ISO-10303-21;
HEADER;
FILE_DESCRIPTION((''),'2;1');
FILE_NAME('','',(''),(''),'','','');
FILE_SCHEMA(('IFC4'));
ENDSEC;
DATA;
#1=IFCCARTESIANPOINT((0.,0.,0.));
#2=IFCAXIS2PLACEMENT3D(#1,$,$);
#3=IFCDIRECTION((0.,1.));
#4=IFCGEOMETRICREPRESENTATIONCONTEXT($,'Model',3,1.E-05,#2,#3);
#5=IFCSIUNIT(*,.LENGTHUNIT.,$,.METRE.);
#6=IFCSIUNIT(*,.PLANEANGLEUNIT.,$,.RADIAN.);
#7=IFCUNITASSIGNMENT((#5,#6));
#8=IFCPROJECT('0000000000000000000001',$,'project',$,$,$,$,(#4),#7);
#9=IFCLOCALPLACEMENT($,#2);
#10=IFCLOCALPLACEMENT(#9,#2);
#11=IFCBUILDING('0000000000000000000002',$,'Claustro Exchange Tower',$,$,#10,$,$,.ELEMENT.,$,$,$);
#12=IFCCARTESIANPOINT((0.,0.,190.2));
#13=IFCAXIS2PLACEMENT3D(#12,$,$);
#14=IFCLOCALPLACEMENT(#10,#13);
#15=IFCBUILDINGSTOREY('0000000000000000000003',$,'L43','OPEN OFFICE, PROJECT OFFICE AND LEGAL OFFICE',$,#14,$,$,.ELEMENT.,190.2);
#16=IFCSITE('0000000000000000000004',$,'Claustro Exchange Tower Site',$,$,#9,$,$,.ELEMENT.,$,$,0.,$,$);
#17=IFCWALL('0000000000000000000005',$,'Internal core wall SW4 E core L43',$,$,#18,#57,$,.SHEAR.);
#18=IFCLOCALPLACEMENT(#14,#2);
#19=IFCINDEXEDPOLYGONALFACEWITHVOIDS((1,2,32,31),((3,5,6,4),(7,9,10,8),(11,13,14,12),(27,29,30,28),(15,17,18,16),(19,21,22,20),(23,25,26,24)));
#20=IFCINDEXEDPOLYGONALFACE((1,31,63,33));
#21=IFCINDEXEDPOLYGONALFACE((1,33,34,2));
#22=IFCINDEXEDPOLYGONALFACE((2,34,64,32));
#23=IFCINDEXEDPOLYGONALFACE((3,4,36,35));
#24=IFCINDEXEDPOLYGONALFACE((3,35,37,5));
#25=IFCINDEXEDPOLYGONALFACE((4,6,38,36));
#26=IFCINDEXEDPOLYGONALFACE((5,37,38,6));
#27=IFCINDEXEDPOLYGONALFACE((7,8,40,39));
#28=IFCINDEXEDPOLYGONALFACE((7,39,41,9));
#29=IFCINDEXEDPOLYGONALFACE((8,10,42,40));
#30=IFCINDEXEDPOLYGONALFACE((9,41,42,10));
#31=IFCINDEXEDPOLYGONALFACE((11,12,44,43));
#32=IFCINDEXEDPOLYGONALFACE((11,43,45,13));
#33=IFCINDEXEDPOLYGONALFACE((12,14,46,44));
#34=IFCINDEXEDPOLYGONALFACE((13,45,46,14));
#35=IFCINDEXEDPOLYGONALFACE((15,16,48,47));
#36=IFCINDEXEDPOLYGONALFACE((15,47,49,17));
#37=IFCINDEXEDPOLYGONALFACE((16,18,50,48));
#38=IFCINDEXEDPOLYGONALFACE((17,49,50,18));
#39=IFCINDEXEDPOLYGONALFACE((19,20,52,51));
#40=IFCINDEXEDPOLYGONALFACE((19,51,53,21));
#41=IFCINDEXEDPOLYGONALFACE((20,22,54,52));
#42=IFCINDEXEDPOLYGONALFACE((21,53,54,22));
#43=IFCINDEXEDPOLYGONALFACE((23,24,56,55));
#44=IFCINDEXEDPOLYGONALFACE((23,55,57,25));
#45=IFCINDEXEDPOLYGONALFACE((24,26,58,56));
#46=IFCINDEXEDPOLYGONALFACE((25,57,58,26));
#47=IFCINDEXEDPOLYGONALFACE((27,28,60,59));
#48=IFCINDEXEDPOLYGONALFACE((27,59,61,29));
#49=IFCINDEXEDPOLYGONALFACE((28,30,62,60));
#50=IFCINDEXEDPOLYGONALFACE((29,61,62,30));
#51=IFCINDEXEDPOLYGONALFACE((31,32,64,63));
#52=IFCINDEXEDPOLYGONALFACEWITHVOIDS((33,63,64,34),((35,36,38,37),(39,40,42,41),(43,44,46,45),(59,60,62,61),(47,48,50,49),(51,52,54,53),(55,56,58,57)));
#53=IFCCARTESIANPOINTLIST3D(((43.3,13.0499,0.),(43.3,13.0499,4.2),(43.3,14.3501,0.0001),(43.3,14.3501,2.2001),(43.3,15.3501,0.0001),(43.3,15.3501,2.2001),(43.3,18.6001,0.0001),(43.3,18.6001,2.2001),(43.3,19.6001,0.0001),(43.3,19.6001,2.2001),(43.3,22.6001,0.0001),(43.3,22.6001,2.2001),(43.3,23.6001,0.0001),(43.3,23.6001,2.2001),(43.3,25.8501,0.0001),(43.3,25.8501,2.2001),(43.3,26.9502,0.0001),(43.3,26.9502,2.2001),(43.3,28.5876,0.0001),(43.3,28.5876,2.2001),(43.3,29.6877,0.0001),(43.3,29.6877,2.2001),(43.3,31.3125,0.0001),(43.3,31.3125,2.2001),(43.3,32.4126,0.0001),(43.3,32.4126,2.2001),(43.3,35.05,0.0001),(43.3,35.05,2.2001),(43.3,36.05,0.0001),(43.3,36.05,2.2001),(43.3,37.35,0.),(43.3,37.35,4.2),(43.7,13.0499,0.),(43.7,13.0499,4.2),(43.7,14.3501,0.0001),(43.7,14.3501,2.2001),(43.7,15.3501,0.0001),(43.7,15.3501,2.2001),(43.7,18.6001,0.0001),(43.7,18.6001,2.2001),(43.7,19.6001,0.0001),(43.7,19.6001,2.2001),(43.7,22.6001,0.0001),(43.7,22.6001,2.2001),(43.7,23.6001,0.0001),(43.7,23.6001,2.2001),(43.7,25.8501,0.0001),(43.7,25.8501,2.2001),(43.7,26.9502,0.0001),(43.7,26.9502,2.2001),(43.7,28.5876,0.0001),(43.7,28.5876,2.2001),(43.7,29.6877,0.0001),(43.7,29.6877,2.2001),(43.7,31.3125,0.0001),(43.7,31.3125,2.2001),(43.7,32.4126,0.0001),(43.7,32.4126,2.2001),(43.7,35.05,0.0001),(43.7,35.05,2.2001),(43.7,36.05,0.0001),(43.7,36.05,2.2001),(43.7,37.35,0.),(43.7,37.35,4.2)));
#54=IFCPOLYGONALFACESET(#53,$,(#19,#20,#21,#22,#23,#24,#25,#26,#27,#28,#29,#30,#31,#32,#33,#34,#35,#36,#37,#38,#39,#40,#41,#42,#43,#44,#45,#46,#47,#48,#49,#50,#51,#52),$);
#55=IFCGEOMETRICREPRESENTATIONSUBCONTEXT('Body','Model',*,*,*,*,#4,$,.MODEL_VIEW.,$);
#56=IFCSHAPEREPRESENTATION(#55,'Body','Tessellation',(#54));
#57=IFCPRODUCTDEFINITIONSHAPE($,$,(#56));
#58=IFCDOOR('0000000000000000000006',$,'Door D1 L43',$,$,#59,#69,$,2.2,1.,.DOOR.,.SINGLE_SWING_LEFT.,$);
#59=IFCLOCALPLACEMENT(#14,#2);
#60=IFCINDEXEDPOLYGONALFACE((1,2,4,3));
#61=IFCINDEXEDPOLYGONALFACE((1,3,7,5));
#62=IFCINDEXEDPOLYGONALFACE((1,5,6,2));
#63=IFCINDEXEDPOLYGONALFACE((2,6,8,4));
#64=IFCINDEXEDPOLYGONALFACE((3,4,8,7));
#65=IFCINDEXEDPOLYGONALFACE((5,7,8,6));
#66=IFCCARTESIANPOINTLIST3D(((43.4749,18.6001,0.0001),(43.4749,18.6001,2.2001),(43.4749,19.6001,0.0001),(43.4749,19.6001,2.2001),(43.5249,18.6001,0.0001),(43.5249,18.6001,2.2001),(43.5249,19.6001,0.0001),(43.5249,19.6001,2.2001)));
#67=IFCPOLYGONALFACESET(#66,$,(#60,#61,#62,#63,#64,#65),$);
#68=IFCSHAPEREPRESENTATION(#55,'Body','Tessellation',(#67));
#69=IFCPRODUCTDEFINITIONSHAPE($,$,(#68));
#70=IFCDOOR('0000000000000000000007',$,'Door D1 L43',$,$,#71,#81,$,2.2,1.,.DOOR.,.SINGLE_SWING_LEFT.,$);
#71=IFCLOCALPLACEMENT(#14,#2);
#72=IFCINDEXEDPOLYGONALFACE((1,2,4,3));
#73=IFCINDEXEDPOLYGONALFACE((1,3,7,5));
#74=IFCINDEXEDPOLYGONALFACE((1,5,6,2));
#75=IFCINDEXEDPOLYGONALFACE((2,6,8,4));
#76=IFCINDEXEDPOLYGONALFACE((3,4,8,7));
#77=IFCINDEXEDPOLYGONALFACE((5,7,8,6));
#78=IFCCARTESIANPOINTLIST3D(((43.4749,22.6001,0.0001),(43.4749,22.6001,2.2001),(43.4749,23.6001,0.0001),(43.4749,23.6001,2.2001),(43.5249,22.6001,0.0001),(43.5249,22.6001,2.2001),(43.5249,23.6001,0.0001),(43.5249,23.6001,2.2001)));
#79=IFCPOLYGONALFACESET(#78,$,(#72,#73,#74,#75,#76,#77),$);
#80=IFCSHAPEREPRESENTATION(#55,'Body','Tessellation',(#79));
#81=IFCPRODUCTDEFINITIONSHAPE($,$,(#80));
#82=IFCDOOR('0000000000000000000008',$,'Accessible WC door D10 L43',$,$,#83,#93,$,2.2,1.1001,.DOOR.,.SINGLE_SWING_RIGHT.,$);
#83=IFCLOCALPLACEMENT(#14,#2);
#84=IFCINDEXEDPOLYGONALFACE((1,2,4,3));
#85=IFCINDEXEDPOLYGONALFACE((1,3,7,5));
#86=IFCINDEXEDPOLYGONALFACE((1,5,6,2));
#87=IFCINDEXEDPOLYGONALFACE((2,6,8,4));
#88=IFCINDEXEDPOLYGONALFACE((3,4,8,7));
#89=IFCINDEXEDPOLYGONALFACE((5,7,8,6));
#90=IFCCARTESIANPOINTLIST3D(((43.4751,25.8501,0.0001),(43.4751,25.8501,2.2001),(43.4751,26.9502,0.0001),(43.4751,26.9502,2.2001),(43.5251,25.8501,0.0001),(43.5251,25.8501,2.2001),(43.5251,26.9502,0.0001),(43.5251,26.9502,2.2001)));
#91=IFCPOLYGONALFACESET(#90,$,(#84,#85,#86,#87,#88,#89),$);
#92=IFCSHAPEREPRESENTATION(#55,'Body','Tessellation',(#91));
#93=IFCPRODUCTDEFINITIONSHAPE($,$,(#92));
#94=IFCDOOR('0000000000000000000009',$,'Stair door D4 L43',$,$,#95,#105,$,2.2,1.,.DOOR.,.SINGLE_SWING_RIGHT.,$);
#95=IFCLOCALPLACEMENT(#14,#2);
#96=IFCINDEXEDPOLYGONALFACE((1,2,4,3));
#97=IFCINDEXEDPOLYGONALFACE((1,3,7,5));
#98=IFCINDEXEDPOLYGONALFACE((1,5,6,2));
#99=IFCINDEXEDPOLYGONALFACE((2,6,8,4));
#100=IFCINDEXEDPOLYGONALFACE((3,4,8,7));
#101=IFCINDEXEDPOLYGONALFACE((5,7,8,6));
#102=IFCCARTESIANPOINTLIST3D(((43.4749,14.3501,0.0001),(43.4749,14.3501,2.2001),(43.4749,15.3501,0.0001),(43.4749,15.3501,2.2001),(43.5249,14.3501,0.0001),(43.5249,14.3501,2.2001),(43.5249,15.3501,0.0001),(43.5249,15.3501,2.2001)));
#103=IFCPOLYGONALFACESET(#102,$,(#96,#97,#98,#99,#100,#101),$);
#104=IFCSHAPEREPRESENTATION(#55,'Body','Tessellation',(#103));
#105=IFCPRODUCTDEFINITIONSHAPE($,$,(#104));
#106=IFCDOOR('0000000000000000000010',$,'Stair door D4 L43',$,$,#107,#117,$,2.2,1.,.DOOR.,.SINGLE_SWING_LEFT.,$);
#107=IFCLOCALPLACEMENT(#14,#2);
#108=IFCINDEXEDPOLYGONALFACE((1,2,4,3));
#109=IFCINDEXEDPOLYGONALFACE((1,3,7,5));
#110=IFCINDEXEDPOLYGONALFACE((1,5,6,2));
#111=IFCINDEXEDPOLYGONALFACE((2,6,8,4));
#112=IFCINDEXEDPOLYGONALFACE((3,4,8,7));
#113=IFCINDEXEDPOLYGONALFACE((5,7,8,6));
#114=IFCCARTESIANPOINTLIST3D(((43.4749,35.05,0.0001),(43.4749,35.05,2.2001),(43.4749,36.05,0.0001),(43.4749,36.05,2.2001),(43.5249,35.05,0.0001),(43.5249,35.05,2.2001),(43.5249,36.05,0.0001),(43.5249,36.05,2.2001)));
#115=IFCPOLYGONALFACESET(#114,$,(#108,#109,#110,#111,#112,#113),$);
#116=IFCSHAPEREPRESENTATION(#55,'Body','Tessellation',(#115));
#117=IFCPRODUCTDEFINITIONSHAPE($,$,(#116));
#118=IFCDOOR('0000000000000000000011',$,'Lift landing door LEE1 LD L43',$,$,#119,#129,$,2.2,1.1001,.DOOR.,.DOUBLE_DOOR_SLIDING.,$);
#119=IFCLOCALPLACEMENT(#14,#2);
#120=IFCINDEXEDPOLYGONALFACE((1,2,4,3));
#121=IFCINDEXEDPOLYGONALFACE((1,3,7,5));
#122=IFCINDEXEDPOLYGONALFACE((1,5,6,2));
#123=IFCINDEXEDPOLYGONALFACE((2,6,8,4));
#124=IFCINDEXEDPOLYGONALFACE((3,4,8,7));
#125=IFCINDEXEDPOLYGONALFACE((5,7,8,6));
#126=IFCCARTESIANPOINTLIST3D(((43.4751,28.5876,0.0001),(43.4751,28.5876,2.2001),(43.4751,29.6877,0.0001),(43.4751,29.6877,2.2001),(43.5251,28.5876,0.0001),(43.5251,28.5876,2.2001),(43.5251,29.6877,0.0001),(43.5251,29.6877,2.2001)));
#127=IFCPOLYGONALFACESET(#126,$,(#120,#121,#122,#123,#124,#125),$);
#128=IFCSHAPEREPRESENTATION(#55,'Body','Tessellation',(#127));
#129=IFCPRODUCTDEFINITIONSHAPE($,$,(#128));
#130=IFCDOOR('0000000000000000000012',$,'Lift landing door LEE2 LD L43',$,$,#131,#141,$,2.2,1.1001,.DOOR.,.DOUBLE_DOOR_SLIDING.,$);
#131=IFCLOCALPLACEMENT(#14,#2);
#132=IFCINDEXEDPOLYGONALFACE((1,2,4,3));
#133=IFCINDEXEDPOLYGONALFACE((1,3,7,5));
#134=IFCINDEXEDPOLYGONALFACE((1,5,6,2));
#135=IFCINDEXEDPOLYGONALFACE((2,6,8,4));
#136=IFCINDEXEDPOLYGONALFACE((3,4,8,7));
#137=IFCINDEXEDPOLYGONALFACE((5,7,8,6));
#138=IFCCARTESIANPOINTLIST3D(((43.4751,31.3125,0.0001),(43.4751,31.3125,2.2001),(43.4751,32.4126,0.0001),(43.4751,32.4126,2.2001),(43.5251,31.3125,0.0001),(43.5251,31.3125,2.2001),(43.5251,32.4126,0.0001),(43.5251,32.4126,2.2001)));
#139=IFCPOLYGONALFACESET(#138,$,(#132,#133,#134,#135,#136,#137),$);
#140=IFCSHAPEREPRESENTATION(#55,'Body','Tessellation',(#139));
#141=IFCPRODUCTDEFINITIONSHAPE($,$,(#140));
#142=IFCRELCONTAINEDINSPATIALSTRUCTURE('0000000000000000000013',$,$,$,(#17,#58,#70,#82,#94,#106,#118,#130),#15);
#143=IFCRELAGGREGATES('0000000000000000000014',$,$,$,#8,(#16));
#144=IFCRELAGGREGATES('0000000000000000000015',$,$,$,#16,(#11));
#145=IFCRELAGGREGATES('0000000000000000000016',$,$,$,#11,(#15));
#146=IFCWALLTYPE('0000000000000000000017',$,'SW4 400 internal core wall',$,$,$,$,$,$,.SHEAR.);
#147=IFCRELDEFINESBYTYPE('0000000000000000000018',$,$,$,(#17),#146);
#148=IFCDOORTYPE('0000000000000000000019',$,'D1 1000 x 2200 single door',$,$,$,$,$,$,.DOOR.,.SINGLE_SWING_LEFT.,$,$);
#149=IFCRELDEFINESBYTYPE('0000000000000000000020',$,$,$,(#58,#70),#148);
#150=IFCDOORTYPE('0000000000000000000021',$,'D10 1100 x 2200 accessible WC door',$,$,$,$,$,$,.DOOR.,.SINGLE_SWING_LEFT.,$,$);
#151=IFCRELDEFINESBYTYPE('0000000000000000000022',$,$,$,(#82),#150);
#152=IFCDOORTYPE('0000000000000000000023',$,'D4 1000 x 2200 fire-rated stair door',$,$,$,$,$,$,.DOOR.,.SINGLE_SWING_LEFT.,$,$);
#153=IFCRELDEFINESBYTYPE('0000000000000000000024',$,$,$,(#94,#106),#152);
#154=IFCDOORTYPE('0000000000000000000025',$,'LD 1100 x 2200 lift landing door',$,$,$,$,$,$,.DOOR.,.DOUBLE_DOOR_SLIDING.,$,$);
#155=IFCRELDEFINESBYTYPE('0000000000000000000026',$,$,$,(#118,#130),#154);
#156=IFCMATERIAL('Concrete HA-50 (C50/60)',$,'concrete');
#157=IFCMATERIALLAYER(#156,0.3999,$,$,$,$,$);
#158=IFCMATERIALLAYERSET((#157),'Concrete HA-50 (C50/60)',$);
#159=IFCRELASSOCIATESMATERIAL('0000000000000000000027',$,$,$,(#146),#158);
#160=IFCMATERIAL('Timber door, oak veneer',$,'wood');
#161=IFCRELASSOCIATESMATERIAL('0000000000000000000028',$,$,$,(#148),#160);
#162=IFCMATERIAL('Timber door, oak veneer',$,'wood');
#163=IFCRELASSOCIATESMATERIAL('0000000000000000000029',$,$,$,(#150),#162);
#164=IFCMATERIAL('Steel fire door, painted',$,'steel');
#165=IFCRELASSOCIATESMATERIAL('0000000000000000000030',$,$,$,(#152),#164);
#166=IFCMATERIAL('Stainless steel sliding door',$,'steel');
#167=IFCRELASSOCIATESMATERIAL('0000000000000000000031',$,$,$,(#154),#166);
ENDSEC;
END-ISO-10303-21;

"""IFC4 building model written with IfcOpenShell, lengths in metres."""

from ifc_helpers import new_model, si_unit, direction, frame, frame_2d, origin, place, context, subcontext, project, spatial, rectangle, extrude, material, layer, layer_set, type_object, element, fill, save


model = new_model("IFC4")

# Units and contexts
model_context = context("Model", 3, precision=1e-05, world=origin(), true_north=direction((0.0, 1.0)))
body_context = subcontext(model_context, "Body", "Model", "MODEL_VIEW")
ifc_project = project(units=[si_unit("LENGTHUNIT", "METRE"), si_unit("PLANEANGLEUNIT", "RADIAN")], contexts=[model_context])

# Site, building, storey
site_placement = place(None, origin())
site = spatial("IfcSite", under=ifc_project, at=site_placement, Name="Claustro Exchange Tower Site", CompositionType="ELEMENT", RefElevation=0.0)
building_placement = place(site_placement, origin())
building = spatial("IfcBuilding", under=site, at=building_placement, Name="Claustro Exchange Tower", CompositionType="ELEMENT")
storey_placement = place(building_placement, frame((0.0, 0.0, 190.2)))
storey = spatial("IfcBuildingStorey", under=building, at=storey_placement, Name="L43", Description="OPEN OFFICE, PROJECT OFFICE AND LEGAL OFFICE", CompositionType="ELEMENT", Elevation=190.2)

# Wall, openings, doors
ifc_material_1 = material(Name="Concrete HA-50 (C50/60)", Category="concrete")
ifc_layer_1 = layer(ifc_material_1, 0.3999)
ifc_layer_set_1 = layer_set([ifc_layer_1], Name="Concrete HA-50 (C50/60)")
wall_type_1 = type_object("IfcWallType", Name="SW4 400 internal core wall", PredefinedType="SHEAR", material=ifc_layer_set_1)
wall_1_placement = place(storey_placement, frame((43.5, 13.05, 0.0), z_axis=(0.0, 0.0, 1.0), x_axis=(0.0, 1.0, 0.0)))
wall_1 = element("IfcWall", 1, at=wall_1_placement, inside=storey, type_object=wall_type_1, Name="Internal core wall SW4 E core L43", PredefinedType="SHEAR", context=body_context, shape_type="SweptSolid", body=[
    extrude(rectangle(XDim=24.3, YDim=0.3999, at=frame_2d((12.1499, 0.0))), origin(), (0.0, 0.0, 1.0), 4.2),
])
opening_1_placement = place(wall_1_placement, frame((1.3, 0.0, 0.0)))
opening_1 = element("IfcOpeningElement", 2, at=opening_1_placement, cuts=wall_1, PredefinedType="OPENING", context=body_context, shape_type="SweptSolid", body=[
    extrude(rectangle(XDim=1.0, YDim=2.2, at=frame_2d((0.5, 1.1001))), frame((0.0, 0.21, 0.0), z_axis=(0.0, -1.0, 0.0), x_axis=(1.0, 0.0, 0.0)), (0.0, 0.0, 1.0), 0.4199),
])
opening_2_placement = place(wall_1_placement, frame((22.0, 0.0, 0.0)))
opening_2 = element("IfcOpeningElement", 3, at=opening_2_placement, cuts=wall_1, PredefinedType="OPENING", context=body_context, shape_type="SweptSolid", body=[
    extrude(rectangle(XDim=1.0, YDim=2.2, at=frame_2d((0.5, 1.1001))), frame((0.0, 0.21, 0.0), z_axis=(0.0, -1.0, 0.0), x_axis=(1.0, 0.0, 0.0)), (0.0, 0.0, 1.0), 0.4199),
])
opening_3_placement = place(wall_1_placement, frame((5.55, 0.0, 0.0)))
opening_3 = element("IfcOpeningElement", 4, at=opening_3_placement, cuts=wall_1, PredefinedType="OPENING", context=body_context, shape_type="SweptSolid", body=[
    extrude(rectangle(XDim=1.0, YDim=2.2, at=frame_2d((0.5, 1.1001))), frame((0.0, 0.21, 0.0), z_axis=(0.0, -1.0, 0.0), x_axis=(1.0, 0.0, 0.0)), (0.0, 0.0, 1.0), 0.4199),
])
opening_4_placement = place(wall_1_placement, frame((9.55, 0.0, 0.0)))
opening_4 = element("IfcOpeningElement", 5, at=opening_4_placement, cuts=wall_1, PredefinedType="OPENING", context=body_context, shape_type="SweptSolid", body=[
    extrude(rectangle(XDim=1.0, YDim=2.2, at=frame_2d((0.5, 1.1001))), frame((0.0, 0.21, 0.0), z_axis=(0.0, -1.0, 0.0), x_axis=(1.0, 0.0, 0.0)), (0.0, 0.0, 1.0), 0.4199),
])
opening_5_placement = place(wall_1_placement, frame((12.8, 0.0, 0.0)))
opening_5 = element("IfcOpeningElement", 6, at=opening_5_placement, cuts=wall_1, PredefinedType="OPENING", context=body_context, shape_type="SweptSolid", body=[
    extrude(rectangle(XDim=1.1001, YDim=2.2, at=frame_2d((0.55, 1.1001))), frame((0.0, 0.21, 0.0), z_axis=(0.0, -1.0, 0.0), x_axis=(1.0, 0.0, 0.0)), (0.0, 0.0, 1.0), 0.4199),
])
opening_6_placement = place(wall_1_placement, frame((15.5376, 0.0, 0.0)))
opening_6 = element("IfcOpeningElement", 7, at=opening_6_placement, cuts=wall_1, PredefinedType="OPENING", context=body_context, shape_type="SweptSolid", body=[
    extrude(rectangle(XDim=1.1001, YDim=2.2, at=frame_2d((0.55, 1.1001))), frame((0.0, 0.21, 0.0), z_axis=(0.0, -1.0, 0.0), x_axis=(1.0, 0.0, 0.0)), (0.0, 0.0, 1.0), 0.4199),
])
opening_7_placement = place(wall_1_placement, frame((18.2625, 0.0, 0.0)))
opening_7 = element("IfcOpeningElement", 8, at=opening_7_placement, cuts=wall_1, PredefinedType="OPENING", context=body_context, shape_type="SweptSolid", body=[
    extrude(rectangle(XDim=1.1001, YDim=2.2, at=frame_2d((0.55, 1.1001))), frame((0.0, 0.21, 0.0), z_axis=(0.0, -1.0, 0.0), x_axis=(1.0, 0.0, 0.0)), (0.0, 0.0, 1.0), 0.4199),
])
ifc_material_2 = material(Name="Timber door, oak veneer", Category="wood")
door_type_1 = type_object("IfcDoorType", Name="D1 1000 x 2200 single door", OperationType="SINGLE_SWING_LEFT", PredefinedType="DOOR", material=ifc_material_2)
door_1_placement = place(opening_3_placement, frame((1.0, 0.0, 0.0), z_axis=(0.0, 0.0, 1.0), x_axis=(-1.0, 0.0, 0.0)))
door_1 = element("IfcDoor", 9, at=door_1_placement, inside=storey, type_object=door_type_1, Name="Door D1 L43", OperationType="SINGLE_SWING_LEFT", OverallHeight=2.2, OverallWidth=1.0, PredefinedType="DOOR", context=body_context, shape_type="SweptSolid", body=[
    extrude(rectangle(XDim=1.0, YDim=2.2, at=frame_2d((0.5, 1.1001))), frame((0.0, 0.0249, 0.0), z_axis=(0.0, -1.0, 0.0), x_axis=(1.0, 0.0, 0.0)), (0.0, 0.0, 1.0), 0.05),
])
fill(opening_3, door_1)
door_2_placement = place(opening_4_placement, frame((1.0, 0.0, 0.0), z_axis=(0.0, 0.0, 1.0), x_axis=(-1.0, 0.0, 0.0)))
door_2 = element("IfcDoor", 10, at=door_2_placement, inside=storey, type_object=door_type_1, Name="Door D1 L43", OperationType="SINGLE_SWING_LEFT", OverallHeight=2.2, OverallWidth=1.0, PredefinedType="DOOR", context=body_context, shape_type="SweptSolid", body=[
    extrude(rectangle(XDim=1.0, YDim=2.2, at=frame_2d((0.5, 1.1001))), frame((0.0, 0.0249, 0.0), z_axis=(0.0, -1.0, 0.0), x_axis=(1.0, 0.0, 0.0)), (0.0, 0.0, 1.0), 0.05),
])
fill(opening_4, door_2)
ifc_material_3 = material(Name="Timber door, oak veneer", Category="wood")
door_type_2 = type_object("IfcDoorType", Name="D10 1100 x 2200 accessible WC door", OperationType="SINGLE_SWING_LEFT", PredefinedType="DOOR", material=ifc_material_3)
door_3_placement = place(opening_5_placement, origin())
door_3 = element("IfcDoor", 11, at=door_3_placement, inside=storey, type_object=door_type_2, Name="Accessible WC door D10 L43", OperationType="SINGLE_SWING_RIGHT", OverallHeight=2.2, OverallWidth=1.1001, PredefinedType="DOOR", context=body_context, shape_type="SweptSolid", body=[
    extrude(rectangle(XDim=1.1001, YDim=2.2, at=frame_2d((0.55, 1.1001))), frame((0.0, 0.0249, 0.0), z_axis=(0.0, -1.0, 0.0), x_axis=(1.0, 0.0, 0.0)), (0.0, 0.0, 1.0), 0.05),
])
fill(opening_5, door_3)
ifc_material_4 = material(Name="Steel fire door, painted", Category="steel")
door_type_3 = type_object("IfcDoorType", Name="D4 1000 x 2200 fire-rated stair door", OperationType="SINGLE_SWING_LEFT", PredefinedType="DOOR", material=ifc_material_4)
door_4_placement = place(opening_1_placement, frame((1.0, 0.0, 0.0), z_axis=(0.0, 0.0, 1.0), x_axis=(-1.0, 0.0, 0.0)))
door_4 = element("IfcDoor", 12, at=door_4_placement, inside=storey, type_object=door_type_3, Name="Stair door D4 L43", OperationType="SINGLE_SWING_RIGHT", OverallHeight=2.2, OverallWidth=1.0, PredefinedType="DOOR", context=body_context, shape_type="SweptSolid", body=[
    extrude(rectangle(XDim=1.0, YDim=2.2, at=frame_2d((0.5, 1.1001))), frame((0.0, 0.0249, 0.0), z_axis=(0.0, -1.0, 0.0), x_axis=(1.0, 0.0, 0.0)), (0.0, 0.0, 1.0), 0.05),
])
fill(opening_1, door_4)
door_5_placement = place(opening_2_placement, frame((1.0, 0.0, 0.0), z_axis=(0.0, 0.0, 1.0), x_axis=(-1.0, 0.0, 0.0)))
door_5 = element("IfcDoor", 13, at=door_5_placement, inside=storey, type_object=door_type_3, Name="Stair door D4 L43", OperationType="SINGLE_SWING_LEFT", OverallHeight=2.2, OverallWidth=1.0, PredefinedType="DOOR", context=body_context, shape_type="SweptSolid", body=[
    extrude(rectangle(XDim=1.0, YDim=2.2, at=frame_2d((0.5, 1.1001))), frame((0.0, 0.0249, 0.0), z_axis=(0.0, -1.0, 0.0), x_axis=(1.0, 0.0, 0.0)), (0.0, 0.0, 1.0), 0.05),
])
fill(opening_2, door_5)
ifc_material_5 = material(Name="Stainless steel sliding door", Category="steel")
door_type_4 = type_object("IfcDoorType", Name="LD 1100 x 2200 lift landing door", OperationType="DOUBLE_DOOR_SLIDING", PredefinedType="DOOR", material=ifc_material_5)
door_6_placement = place(opening_6_placement, origin())
door_6 = element("IfcDoor", 14, at=door_6_placement, inside=storey, type_object=door_type_4, Name="Lift landing door LEE1 LD L43", OperationType="DOUBLE_DOOR_SLIDING", OverallHeight=2.2, OverallWidth=1.1001, PredefinedType="DOOR", context=body_context, shape_type="SweptSolid", body=[
    extrude(rectangle(XDim=1.1001, YDim=2.2, at=frame_2d((0.55, 1.1001))), frame((0.0, 0.0249, 0.0), z_axis=(0.0, -1.0, 0.0), x_axis=(1.0, 0.0, 0.0)), (0.0, 0.0, 1.0), 0.05),
])
fill(opening_6, door_6)
door_7_placement = place(opening_7_placement, origin())
door_7 = element("IfcDoor", 15, at=door_7_placement, inside=storey, type_object=door_type_4, Name="Lift landing door LEE2 LD L43", OperationType="DOUBLE_DOOR_SLIDING", OverallHeight=2.2, OverallWidth=1.1001, PredefinedType="DOOR", context=body_context, shape_type="SweptSolid", body=[
    extrude(rectangle(XDim=1.1001, YDim=2.2, at=frame_2d((0.55, 1.1001))), frame((0.0, 0.0249, 0.0), z_axis=(0.0, -1.0, 0.0), x_axis=(1.0, 0.0, 0.0)), (0.0, 0.0, 1.0), 0.05),
])
fill(opening_7, door_7)

save(model, "model.ifc")
